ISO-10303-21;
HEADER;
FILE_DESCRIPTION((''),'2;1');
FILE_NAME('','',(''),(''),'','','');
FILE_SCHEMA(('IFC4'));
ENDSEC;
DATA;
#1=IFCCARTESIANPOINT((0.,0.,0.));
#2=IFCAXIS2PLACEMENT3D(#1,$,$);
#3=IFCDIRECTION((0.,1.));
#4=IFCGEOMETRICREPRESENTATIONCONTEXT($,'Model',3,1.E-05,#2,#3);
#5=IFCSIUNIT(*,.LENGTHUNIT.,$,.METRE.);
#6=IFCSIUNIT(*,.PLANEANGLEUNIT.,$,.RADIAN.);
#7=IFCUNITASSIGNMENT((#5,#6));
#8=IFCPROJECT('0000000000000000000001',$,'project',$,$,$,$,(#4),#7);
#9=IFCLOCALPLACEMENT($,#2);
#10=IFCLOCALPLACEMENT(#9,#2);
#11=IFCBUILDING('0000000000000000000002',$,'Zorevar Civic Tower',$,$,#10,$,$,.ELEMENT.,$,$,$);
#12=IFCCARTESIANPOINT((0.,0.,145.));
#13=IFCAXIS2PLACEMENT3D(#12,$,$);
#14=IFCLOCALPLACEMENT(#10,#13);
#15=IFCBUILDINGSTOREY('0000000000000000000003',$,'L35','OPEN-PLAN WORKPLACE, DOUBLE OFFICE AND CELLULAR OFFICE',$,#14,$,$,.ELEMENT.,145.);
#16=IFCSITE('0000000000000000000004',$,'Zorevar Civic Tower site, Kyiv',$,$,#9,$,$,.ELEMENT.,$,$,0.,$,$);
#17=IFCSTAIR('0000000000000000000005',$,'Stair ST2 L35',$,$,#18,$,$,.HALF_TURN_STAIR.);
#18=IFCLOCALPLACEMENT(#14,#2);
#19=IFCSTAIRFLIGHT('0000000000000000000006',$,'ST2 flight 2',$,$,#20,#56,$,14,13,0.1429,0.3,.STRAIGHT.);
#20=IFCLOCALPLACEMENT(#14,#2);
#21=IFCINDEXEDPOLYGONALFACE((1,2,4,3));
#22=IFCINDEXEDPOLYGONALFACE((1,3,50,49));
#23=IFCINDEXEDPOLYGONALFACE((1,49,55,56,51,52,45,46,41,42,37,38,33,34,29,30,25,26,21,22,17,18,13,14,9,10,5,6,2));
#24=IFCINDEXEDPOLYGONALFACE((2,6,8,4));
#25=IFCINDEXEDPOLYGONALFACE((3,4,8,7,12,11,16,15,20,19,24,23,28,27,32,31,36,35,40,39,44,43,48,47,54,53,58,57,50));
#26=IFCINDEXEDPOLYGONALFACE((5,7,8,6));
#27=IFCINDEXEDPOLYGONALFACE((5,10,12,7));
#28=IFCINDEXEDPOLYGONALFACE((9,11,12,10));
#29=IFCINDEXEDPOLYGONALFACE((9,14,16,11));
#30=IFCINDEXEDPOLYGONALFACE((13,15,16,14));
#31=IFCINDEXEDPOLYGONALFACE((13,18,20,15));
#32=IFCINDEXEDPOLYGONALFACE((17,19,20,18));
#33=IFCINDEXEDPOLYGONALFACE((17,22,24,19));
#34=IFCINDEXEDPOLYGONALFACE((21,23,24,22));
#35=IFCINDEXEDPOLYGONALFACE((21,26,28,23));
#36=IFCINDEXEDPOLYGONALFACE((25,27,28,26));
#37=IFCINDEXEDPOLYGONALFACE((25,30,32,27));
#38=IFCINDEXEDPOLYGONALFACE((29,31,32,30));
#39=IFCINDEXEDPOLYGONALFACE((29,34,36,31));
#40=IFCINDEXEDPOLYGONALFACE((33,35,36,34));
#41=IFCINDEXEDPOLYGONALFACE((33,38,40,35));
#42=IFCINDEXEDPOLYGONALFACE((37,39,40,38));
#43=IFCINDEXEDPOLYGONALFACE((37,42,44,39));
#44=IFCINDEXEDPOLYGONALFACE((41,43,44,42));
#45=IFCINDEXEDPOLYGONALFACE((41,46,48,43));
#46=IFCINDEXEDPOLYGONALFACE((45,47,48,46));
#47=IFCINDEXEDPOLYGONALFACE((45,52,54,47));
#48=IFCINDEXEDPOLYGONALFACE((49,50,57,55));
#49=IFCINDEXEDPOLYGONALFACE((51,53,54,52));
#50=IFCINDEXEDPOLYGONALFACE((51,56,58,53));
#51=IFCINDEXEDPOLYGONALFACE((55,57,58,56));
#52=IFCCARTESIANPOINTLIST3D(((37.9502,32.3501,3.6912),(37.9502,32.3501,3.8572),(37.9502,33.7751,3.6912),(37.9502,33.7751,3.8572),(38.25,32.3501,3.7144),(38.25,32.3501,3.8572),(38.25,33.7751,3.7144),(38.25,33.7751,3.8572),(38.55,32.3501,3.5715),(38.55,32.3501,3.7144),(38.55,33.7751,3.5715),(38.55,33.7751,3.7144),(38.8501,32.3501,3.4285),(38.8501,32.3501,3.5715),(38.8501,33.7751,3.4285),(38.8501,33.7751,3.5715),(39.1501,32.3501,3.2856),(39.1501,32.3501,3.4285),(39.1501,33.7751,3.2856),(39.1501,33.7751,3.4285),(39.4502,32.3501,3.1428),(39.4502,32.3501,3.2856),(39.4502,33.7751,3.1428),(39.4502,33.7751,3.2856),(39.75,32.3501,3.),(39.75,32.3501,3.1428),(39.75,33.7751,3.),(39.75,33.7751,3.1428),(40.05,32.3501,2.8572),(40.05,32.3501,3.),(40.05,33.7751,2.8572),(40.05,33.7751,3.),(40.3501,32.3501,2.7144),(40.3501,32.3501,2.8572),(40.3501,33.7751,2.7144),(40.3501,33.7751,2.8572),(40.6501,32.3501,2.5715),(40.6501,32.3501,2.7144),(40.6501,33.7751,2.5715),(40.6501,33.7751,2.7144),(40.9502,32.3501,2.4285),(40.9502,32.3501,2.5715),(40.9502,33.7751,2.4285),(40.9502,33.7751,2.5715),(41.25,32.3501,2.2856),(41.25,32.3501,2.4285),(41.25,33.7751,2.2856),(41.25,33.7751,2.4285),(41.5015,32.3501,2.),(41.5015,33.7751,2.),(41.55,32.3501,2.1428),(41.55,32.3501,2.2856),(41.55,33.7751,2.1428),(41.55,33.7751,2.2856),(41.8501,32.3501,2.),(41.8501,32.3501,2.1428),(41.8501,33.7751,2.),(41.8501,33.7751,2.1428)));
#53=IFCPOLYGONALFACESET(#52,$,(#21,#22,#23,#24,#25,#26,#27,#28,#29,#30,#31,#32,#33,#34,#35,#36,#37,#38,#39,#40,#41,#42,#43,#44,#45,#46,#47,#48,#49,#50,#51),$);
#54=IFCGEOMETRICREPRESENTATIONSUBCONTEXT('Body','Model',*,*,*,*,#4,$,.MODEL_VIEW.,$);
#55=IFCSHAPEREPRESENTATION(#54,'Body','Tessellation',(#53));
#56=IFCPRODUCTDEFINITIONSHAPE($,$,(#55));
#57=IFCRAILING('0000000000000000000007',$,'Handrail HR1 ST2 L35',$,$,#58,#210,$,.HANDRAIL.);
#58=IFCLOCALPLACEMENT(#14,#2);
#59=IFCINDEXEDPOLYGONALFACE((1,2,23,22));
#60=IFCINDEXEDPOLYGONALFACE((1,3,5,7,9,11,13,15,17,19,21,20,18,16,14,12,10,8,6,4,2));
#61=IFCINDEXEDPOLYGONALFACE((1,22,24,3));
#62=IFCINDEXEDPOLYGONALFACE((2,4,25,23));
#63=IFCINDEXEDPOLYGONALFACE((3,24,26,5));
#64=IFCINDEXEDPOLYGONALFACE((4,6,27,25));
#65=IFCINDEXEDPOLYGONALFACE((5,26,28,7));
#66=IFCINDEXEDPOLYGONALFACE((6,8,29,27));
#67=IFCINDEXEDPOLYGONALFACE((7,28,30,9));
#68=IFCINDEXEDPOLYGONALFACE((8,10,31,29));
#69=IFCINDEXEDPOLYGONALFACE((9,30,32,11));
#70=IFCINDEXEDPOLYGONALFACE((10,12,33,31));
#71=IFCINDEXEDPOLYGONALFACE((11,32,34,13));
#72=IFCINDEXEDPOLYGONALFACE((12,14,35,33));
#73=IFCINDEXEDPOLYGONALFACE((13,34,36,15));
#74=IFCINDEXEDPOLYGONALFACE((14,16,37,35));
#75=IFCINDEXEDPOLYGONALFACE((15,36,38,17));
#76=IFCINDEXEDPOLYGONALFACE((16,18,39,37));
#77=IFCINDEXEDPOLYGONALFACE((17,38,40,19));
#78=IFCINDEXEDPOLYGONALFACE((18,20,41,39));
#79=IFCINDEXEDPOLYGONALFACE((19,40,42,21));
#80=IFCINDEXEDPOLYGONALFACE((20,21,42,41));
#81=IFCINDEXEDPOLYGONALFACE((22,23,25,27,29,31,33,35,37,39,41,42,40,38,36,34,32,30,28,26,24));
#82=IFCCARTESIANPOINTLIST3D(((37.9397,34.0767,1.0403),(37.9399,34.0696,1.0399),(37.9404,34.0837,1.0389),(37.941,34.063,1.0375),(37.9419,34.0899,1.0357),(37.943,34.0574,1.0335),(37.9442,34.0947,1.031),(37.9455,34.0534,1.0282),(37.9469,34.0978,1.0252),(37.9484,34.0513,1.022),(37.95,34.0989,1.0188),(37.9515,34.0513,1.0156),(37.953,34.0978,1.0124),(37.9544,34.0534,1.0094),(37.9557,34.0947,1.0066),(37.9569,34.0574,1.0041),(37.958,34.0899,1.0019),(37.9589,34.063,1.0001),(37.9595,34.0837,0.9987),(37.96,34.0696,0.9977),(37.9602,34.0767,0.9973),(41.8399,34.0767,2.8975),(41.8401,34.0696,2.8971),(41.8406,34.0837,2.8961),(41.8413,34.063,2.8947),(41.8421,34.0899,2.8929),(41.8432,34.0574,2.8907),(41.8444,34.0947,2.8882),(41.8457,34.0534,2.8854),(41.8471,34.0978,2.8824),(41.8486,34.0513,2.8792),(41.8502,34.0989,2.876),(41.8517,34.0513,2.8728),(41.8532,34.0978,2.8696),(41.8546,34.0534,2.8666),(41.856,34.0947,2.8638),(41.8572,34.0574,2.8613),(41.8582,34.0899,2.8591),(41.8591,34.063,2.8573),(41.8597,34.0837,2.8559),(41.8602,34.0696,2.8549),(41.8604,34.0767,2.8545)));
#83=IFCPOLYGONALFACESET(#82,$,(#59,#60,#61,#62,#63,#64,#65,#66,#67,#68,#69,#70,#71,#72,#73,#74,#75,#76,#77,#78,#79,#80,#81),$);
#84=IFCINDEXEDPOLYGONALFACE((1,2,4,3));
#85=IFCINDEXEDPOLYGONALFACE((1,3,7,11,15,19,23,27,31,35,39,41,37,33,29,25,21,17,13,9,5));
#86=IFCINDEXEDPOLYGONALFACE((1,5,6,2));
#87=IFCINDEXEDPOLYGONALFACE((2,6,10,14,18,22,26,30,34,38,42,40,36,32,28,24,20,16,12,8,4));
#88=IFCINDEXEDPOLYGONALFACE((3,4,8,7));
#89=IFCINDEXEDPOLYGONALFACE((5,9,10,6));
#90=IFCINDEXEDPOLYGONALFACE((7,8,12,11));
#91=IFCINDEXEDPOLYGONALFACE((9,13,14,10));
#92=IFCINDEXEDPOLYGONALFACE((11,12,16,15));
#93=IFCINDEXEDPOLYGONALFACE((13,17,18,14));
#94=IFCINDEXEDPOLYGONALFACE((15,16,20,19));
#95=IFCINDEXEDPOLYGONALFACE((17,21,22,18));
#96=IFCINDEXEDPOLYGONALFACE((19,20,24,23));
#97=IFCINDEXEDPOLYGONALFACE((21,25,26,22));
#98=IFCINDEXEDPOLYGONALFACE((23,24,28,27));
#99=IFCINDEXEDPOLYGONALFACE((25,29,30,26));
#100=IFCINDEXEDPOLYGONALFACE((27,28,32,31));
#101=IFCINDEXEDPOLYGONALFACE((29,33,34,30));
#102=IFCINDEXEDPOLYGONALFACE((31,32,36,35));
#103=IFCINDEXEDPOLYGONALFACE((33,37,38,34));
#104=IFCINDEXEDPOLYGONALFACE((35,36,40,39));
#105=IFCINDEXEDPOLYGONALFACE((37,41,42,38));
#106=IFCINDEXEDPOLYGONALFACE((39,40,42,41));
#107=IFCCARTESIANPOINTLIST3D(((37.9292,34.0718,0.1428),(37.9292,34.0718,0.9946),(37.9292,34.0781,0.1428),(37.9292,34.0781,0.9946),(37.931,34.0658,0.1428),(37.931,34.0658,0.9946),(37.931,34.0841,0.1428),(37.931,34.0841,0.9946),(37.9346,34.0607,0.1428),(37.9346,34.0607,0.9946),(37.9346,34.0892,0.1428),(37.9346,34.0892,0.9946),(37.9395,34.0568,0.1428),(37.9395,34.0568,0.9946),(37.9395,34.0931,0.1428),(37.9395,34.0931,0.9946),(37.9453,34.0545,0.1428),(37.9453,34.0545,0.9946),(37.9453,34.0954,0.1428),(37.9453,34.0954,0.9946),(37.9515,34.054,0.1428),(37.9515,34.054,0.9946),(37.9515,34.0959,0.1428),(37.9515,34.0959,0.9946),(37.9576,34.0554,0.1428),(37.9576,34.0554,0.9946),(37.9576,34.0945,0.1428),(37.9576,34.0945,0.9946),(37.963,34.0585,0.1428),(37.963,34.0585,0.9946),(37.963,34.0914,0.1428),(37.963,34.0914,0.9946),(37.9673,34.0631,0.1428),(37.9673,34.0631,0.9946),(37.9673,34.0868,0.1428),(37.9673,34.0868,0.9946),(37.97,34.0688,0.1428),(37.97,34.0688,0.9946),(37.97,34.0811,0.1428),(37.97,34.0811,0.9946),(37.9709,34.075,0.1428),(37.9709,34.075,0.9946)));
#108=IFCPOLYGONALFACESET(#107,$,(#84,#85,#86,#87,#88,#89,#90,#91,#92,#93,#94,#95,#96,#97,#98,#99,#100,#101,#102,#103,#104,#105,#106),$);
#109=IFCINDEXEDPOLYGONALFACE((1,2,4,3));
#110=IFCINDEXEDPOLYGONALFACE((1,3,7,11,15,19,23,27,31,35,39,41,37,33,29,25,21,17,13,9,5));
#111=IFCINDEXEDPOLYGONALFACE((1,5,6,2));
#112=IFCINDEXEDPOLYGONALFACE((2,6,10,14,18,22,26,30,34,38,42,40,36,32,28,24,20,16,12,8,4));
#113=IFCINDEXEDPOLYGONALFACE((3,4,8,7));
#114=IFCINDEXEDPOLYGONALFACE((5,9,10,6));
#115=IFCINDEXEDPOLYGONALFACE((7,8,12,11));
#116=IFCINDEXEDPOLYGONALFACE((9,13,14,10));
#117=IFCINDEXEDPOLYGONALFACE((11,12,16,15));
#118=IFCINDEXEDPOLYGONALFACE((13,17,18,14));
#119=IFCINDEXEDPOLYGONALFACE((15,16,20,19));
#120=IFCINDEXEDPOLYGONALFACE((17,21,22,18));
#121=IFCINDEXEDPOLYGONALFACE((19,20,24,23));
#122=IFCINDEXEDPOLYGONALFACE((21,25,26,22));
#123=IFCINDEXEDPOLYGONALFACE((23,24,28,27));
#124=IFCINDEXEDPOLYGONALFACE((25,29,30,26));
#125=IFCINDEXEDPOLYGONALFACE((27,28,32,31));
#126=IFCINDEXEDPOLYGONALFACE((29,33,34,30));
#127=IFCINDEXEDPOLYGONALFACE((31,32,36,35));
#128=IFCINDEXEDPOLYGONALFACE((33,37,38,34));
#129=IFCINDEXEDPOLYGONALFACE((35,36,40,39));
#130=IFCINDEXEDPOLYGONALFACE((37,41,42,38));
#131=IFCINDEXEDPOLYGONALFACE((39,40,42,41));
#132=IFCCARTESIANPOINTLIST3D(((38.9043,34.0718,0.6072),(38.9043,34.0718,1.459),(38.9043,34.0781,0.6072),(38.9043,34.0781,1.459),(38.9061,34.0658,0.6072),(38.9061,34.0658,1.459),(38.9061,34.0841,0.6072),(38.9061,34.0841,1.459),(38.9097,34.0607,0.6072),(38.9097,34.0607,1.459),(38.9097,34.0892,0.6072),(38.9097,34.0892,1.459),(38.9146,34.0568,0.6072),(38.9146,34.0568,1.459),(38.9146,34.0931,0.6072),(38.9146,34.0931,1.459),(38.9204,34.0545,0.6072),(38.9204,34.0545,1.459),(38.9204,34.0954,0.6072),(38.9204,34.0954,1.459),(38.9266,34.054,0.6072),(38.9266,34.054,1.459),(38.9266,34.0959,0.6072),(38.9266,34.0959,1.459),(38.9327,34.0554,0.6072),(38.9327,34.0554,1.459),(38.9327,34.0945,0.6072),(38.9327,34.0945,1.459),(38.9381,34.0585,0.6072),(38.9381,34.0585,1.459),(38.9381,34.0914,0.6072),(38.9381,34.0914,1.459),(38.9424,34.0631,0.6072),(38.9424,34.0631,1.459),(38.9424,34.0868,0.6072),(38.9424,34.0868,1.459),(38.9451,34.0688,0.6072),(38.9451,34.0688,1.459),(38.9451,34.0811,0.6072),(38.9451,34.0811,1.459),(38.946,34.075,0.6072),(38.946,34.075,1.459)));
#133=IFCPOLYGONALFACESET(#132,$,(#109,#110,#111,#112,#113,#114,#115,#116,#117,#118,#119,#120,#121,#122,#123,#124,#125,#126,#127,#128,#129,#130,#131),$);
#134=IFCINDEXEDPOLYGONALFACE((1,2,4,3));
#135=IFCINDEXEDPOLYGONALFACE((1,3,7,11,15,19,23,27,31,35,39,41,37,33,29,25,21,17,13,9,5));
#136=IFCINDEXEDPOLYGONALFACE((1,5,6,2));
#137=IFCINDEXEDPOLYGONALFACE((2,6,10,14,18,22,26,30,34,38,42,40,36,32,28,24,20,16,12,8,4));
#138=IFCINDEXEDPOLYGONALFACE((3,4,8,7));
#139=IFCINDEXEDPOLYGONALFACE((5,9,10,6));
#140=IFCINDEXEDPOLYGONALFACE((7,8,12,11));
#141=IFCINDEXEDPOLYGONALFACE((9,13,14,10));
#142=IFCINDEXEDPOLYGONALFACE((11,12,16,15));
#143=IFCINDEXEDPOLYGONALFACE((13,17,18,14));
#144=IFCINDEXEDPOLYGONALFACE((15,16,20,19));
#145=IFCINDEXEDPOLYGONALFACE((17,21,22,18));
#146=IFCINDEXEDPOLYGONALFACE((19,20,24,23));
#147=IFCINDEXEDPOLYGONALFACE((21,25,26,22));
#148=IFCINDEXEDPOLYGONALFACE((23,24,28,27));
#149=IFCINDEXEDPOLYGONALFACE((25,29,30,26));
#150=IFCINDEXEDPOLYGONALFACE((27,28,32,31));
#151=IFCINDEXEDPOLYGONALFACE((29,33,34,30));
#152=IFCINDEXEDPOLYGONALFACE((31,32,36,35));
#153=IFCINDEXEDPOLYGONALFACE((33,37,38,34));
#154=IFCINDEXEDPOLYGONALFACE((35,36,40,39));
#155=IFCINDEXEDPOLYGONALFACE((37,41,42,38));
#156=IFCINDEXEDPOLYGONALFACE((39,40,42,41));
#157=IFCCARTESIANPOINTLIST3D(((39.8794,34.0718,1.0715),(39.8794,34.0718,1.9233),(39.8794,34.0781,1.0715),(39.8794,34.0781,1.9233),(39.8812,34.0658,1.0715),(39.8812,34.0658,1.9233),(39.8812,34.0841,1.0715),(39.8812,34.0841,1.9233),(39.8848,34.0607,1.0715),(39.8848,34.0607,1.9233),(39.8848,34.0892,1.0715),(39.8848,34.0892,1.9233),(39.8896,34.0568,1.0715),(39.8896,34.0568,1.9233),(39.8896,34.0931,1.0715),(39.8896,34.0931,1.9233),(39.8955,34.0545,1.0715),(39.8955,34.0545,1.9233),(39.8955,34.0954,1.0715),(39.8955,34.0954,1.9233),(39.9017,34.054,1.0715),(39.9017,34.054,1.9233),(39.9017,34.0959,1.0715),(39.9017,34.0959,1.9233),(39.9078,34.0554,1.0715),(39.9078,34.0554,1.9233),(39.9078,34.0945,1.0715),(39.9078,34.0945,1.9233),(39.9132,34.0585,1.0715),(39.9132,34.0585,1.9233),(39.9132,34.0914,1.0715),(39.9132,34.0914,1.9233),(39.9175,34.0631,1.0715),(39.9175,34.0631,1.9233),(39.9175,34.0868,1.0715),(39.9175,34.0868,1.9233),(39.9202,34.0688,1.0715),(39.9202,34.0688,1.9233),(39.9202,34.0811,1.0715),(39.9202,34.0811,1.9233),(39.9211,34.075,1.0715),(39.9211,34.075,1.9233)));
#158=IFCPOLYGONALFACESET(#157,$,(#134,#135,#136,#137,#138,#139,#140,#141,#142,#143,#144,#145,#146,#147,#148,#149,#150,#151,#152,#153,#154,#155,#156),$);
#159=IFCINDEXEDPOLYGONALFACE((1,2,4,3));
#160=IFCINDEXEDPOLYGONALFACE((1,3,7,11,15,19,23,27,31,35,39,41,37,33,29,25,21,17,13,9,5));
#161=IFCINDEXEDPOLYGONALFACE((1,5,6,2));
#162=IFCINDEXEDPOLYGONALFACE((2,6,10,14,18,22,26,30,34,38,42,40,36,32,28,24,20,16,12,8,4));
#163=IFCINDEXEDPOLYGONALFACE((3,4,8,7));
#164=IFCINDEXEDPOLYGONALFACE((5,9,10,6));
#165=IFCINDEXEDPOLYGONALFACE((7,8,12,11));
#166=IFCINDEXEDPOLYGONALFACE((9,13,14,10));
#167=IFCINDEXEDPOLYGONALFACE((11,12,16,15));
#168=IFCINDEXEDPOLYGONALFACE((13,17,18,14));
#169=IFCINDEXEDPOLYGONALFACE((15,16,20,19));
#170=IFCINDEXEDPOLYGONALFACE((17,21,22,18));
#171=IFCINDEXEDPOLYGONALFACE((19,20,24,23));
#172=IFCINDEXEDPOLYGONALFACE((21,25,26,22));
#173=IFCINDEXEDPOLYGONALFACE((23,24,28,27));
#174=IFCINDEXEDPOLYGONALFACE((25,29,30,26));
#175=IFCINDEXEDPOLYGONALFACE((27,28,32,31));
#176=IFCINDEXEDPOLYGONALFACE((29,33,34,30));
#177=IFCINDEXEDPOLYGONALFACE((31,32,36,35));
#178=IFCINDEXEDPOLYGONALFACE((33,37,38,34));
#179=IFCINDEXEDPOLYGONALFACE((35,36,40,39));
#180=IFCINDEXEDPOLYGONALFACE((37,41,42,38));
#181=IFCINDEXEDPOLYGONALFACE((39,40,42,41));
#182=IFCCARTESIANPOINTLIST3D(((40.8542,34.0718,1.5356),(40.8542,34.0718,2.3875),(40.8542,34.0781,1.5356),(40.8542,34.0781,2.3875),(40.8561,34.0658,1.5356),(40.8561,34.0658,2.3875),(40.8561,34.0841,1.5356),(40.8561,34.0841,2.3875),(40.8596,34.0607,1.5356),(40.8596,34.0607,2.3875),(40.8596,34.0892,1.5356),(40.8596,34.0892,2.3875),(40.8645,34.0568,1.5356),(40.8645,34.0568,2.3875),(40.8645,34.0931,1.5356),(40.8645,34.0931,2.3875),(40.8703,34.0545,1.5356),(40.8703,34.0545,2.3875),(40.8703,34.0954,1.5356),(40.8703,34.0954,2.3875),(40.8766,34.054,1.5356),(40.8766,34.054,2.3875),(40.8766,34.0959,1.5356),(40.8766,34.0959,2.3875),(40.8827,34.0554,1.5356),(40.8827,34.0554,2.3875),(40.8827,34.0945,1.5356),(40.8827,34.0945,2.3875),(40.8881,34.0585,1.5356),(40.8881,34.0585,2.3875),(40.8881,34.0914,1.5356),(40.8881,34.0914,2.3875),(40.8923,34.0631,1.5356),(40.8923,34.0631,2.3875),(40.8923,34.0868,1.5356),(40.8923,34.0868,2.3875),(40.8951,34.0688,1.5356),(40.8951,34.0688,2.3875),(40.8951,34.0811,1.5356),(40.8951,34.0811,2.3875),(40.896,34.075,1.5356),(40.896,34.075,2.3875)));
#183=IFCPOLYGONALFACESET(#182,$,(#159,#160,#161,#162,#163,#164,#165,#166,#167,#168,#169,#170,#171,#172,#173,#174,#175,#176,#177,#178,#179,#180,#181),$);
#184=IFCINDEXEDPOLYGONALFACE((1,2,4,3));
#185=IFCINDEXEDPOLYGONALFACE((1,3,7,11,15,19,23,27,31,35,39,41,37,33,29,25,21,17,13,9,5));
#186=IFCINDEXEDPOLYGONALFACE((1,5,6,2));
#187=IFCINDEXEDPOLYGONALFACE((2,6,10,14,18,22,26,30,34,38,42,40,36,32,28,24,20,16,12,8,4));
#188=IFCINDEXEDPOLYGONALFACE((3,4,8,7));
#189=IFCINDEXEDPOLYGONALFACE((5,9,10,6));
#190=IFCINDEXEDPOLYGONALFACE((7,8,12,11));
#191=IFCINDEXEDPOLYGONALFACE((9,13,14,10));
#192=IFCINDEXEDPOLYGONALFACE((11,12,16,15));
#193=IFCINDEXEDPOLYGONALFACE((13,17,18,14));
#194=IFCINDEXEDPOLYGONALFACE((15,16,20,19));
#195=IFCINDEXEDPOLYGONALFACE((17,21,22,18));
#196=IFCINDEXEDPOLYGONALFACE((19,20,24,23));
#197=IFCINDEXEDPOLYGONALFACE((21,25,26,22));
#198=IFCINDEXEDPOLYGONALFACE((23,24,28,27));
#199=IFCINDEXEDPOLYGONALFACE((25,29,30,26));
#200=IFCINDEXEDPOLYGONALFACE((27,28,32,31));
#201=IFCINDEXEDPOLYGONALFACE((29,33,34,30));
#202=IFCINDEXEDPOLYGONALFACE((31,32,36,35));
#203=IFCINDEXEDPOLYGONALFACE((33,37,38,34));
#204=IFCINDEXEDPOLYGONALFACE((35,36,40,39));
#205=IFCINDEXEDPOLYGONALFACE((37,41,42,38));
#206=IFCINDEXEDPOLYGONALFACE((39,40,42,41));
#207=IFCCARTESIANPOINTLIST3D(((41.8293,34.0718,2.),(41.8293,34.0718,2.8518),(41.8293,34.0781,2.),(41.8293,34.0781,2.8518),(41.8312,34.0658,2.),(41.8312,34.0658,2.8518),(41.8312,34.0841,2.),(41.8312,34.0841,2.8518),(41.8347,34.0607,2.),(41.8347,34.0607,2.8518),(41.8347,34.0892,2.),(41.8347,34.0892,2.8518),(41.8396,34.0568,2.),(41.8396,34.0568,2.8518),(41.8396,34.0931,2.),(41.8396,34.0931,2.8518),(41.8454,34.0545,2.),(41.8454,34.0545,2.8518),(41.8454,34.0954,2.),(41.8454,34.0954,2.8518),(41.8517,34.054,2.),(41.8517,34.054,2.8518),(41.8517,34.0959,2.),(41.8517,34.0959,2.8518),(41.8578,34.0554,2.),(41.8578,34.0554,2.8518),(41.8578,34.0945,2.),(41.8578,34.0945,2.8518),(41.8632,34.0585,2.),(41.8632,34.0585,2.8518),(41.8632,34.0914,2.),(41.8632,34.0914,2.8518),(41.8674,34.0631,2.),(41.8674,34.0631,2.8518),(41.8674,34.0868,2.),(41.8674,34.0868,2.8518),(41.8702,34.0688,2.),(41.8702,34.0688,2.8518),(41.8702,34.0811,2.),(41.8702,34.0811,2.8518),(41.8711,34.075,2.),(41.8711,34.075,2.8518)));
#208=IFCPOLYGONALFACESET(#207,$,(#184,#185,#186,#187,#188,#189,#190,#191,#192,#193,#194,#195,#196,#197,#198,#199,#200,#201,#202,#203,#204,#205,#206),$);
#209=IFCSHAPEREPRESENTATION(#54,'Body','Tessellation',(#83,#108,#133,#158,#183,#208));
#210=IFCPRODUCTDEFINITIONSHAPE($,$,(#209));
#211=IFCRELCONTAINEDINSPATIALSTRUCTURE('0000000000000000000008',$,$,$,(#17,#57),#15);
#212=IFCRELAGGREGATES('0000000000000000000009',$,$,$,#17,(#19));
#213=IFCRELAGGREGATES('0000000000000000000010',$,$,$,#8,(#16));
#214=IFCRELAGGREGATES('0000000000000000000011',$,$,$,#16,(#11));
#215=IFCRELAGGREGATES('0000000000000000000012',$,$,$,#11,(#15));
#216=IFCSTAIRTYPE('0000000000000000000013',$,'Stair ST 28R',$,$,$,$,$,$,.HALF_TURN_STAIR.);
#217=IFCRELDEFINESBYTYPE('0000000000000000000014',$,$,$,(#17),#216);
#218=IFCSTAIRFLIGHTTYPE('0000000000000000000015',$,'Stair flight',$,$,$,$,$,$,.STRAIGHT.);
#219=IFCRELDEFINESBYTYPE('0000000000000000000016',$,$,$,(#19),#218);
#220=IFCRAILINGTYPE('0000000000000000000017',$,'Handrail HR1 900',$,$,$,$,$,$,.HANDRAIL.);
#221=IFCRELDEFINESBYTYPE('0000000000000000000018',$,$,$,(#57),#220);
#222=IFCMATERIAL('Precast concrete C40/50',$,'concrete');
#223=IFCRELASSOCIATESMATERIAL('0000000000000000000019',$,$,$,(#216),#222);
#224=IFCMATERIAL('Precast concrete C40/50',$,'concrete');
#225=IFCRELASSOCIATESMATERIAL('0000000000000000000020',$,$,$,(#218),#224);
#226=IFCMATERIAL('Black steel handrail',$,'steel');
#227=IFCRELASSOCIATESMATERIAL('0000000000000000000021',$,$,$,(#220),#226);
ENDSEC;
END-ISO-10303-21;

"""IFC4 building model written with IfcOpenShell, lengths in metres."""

from ifc_helpers import new_model, si_unit, direction, frame, origin, origin_2d, place, context, subcontext, project, spatial, polyline, circle, outline, extrude, material, type_object, element, aggregate, save


model = new_model("IFC4")

# Units and contexts
model_context = context("Model", 3, precision=1e-05, world=origin(), true_north=direction((0.0, 1.0)))
body_context = subcontext(model_context, "Body", "Model", "MODEL_VIEW")
ifc_project = project(units=[si_unit("LENGTHUNIT", "METRE"), si_unit("PLANEANGLEUNIT", "RADIAN")], contexts=[model_context])

# Site, building, storey
site_placement = place(None, origin())
site = spatial("IfcSite", under=ifc_project, at=site_placement, Name="Zorevar Civic Tower site, Kyiv", CompositionType="ELEMENT", RefElevation=0.0)
building_placement = place(site_placement, origin())
building = spatial("IfcBuilding", under=site, at=building_placement, Name="Zorevar Civic Tower", CompositionType="ELEMENT")
storey_placement = place(building_placement, frame((0.0, 0.0, 145.0)))
storey = spatial("IfcBuildingStorey", under=building, at=storey_placement, Name="L35", Description="OPEN-PLAN WORKPLACE, DOUBLE OFFICE AND CELLULAR OFFICE", CompositionType="ELEMENT", Elevation=145.0)

# Stair, stair flight
ifc_material_1 = material(Name="Precast concrete C40/50", Category="concrete")
stair_type = type_object("IfcStairType", Name="Stair ST 28R", PredefinedType="HALF_TURN_STAIR", material=ifc_material_1)
stair_placement = place(storey_placement, origin())
stair = element("IfcStair", 1, at=stair_placement, inside=storey, type_object=stair_type, Name="Stair ST2 L35", PredefinedType="HALF_TURN_STAIR")
ifc_material_2 = material(Name="Precast concrete C40/50", Category="concrete")
stair_flight_type = type_object("IfcStairFlightType", Name="Stair flight", PredefinedType="STRAIGHT", material=ifc_material_2)
stair_flight_1_placement = place(storey_placement, frame((41.8501, 33.0625, 2.0), z_axis=(0.0, 0.0, 1.0), x_axis=(-1.0, 0.0, 0.0)))
stair_flight_1 = element("IfcStairFlight", 2, at=stair_flight_1_placement, type_object=stair_flight_type, Name="ST2 flight 2", NumberOfRisers=14, NumberOfTreads=13, PredefinedType="STRAIGHT", RiserHeight=0.1429, TreadLength=0.3, context=body_context, shape_type="SweptSolid", body=[
    extrude(outline(polyline([(0.0, 0.0), (0.0, 0.1428), (0.3, 0.1428), (0.3, 0.2856), (0.6001, 0.2856), (0.6001, 0.4285), (0.8999, 0.4285), (0.8999, 0.5715), (1.2, 0.5715), (1.2, 0.7144), (1.5, 0.7144), (1.5, 0.8572), (1.8, 0.8572), (1.8, 1.0), (2.1001, 1.0), (2.1001, 1.1428), (2.3999, 1.1428), (2.3999, 1.2856), (2.7, 1.2856), (2.7, 1.4285), (3.0, 1.4285), (3.0, 1.5715), (3.3, 1.5715), (3.3, 1.7144), (3.6001, 1.7144), (3.6001, 1.8572), (3.8999, 1.8572), (3.8999, 2.0), (3.8999, 1.6912), (0.3486, 0.0), (0.0, 0.0)])), frame((0.0, 0.7124, 0.0), z_axis=(0.0, -1.0, 0.0), x_axis=(1.0, 0.0, 0.0)), (0.0, 0.0, 1.0), 1.425),
])
aggregate(stair, [stair_flight_1])

# Railing
ifc_material_3 = material(Name="Black steel handrail", Category="steel")
railing_type = type_object("IfcRailingType", Name="Handrail HR1 900", PredefinedType="HANDRAIL", material=ifc_material_3)
railing_1_placement = place(storey_placement, frame((37.95, 34.075, 0.1428)))
element("IfcRailing", 3, at=railing_1_placement, inside=storey, type_object=railing_type, Name="Handrail HR1 ST2 L35", PredefinedType="HANDRAIL", context=body_context, shape_type="SweptSolid", body=[
    extrude(circle(Radius=0.0239, at=origin_2d()), frame((0.0, 0.0, 0.876), z_axis=(0.902864, 0.0, 0.429927), x_axis=(0.0, 1.0, 0.0)), (0.0, 0.0, 1.0), 4.3198),
    extrude(circle(Radius=0.021, at=origin_2d()), origin(), (0.0, 0.0, 1.0), 0.8518),
    extrude(circle(Radius=0.021, at=origin_2d()), frame((0.9751, 0.0, 0.4644)), (0.0, 0.0, 1.0), 0.8518),
    extrude(circle(Radius=0.021, at=origin_2d()), frame((1.9502, 0.0, 0.9287)), (0.0, 0.0, 1.0), 0.8518),
    extrude(circle(Radius=0.021, at=origin_2d()), frame((2.925, 0.0, 1.3928)), (0.0, 0.0, 1.0), 0.8518),
    extrude(circle(Radius=0.021, at=origin_2d()), frame((3.9001, 0.0, 1.8572)), (0.0, 0.0, 1.0), 0.8518),
])

save(model, "model.ifc")
